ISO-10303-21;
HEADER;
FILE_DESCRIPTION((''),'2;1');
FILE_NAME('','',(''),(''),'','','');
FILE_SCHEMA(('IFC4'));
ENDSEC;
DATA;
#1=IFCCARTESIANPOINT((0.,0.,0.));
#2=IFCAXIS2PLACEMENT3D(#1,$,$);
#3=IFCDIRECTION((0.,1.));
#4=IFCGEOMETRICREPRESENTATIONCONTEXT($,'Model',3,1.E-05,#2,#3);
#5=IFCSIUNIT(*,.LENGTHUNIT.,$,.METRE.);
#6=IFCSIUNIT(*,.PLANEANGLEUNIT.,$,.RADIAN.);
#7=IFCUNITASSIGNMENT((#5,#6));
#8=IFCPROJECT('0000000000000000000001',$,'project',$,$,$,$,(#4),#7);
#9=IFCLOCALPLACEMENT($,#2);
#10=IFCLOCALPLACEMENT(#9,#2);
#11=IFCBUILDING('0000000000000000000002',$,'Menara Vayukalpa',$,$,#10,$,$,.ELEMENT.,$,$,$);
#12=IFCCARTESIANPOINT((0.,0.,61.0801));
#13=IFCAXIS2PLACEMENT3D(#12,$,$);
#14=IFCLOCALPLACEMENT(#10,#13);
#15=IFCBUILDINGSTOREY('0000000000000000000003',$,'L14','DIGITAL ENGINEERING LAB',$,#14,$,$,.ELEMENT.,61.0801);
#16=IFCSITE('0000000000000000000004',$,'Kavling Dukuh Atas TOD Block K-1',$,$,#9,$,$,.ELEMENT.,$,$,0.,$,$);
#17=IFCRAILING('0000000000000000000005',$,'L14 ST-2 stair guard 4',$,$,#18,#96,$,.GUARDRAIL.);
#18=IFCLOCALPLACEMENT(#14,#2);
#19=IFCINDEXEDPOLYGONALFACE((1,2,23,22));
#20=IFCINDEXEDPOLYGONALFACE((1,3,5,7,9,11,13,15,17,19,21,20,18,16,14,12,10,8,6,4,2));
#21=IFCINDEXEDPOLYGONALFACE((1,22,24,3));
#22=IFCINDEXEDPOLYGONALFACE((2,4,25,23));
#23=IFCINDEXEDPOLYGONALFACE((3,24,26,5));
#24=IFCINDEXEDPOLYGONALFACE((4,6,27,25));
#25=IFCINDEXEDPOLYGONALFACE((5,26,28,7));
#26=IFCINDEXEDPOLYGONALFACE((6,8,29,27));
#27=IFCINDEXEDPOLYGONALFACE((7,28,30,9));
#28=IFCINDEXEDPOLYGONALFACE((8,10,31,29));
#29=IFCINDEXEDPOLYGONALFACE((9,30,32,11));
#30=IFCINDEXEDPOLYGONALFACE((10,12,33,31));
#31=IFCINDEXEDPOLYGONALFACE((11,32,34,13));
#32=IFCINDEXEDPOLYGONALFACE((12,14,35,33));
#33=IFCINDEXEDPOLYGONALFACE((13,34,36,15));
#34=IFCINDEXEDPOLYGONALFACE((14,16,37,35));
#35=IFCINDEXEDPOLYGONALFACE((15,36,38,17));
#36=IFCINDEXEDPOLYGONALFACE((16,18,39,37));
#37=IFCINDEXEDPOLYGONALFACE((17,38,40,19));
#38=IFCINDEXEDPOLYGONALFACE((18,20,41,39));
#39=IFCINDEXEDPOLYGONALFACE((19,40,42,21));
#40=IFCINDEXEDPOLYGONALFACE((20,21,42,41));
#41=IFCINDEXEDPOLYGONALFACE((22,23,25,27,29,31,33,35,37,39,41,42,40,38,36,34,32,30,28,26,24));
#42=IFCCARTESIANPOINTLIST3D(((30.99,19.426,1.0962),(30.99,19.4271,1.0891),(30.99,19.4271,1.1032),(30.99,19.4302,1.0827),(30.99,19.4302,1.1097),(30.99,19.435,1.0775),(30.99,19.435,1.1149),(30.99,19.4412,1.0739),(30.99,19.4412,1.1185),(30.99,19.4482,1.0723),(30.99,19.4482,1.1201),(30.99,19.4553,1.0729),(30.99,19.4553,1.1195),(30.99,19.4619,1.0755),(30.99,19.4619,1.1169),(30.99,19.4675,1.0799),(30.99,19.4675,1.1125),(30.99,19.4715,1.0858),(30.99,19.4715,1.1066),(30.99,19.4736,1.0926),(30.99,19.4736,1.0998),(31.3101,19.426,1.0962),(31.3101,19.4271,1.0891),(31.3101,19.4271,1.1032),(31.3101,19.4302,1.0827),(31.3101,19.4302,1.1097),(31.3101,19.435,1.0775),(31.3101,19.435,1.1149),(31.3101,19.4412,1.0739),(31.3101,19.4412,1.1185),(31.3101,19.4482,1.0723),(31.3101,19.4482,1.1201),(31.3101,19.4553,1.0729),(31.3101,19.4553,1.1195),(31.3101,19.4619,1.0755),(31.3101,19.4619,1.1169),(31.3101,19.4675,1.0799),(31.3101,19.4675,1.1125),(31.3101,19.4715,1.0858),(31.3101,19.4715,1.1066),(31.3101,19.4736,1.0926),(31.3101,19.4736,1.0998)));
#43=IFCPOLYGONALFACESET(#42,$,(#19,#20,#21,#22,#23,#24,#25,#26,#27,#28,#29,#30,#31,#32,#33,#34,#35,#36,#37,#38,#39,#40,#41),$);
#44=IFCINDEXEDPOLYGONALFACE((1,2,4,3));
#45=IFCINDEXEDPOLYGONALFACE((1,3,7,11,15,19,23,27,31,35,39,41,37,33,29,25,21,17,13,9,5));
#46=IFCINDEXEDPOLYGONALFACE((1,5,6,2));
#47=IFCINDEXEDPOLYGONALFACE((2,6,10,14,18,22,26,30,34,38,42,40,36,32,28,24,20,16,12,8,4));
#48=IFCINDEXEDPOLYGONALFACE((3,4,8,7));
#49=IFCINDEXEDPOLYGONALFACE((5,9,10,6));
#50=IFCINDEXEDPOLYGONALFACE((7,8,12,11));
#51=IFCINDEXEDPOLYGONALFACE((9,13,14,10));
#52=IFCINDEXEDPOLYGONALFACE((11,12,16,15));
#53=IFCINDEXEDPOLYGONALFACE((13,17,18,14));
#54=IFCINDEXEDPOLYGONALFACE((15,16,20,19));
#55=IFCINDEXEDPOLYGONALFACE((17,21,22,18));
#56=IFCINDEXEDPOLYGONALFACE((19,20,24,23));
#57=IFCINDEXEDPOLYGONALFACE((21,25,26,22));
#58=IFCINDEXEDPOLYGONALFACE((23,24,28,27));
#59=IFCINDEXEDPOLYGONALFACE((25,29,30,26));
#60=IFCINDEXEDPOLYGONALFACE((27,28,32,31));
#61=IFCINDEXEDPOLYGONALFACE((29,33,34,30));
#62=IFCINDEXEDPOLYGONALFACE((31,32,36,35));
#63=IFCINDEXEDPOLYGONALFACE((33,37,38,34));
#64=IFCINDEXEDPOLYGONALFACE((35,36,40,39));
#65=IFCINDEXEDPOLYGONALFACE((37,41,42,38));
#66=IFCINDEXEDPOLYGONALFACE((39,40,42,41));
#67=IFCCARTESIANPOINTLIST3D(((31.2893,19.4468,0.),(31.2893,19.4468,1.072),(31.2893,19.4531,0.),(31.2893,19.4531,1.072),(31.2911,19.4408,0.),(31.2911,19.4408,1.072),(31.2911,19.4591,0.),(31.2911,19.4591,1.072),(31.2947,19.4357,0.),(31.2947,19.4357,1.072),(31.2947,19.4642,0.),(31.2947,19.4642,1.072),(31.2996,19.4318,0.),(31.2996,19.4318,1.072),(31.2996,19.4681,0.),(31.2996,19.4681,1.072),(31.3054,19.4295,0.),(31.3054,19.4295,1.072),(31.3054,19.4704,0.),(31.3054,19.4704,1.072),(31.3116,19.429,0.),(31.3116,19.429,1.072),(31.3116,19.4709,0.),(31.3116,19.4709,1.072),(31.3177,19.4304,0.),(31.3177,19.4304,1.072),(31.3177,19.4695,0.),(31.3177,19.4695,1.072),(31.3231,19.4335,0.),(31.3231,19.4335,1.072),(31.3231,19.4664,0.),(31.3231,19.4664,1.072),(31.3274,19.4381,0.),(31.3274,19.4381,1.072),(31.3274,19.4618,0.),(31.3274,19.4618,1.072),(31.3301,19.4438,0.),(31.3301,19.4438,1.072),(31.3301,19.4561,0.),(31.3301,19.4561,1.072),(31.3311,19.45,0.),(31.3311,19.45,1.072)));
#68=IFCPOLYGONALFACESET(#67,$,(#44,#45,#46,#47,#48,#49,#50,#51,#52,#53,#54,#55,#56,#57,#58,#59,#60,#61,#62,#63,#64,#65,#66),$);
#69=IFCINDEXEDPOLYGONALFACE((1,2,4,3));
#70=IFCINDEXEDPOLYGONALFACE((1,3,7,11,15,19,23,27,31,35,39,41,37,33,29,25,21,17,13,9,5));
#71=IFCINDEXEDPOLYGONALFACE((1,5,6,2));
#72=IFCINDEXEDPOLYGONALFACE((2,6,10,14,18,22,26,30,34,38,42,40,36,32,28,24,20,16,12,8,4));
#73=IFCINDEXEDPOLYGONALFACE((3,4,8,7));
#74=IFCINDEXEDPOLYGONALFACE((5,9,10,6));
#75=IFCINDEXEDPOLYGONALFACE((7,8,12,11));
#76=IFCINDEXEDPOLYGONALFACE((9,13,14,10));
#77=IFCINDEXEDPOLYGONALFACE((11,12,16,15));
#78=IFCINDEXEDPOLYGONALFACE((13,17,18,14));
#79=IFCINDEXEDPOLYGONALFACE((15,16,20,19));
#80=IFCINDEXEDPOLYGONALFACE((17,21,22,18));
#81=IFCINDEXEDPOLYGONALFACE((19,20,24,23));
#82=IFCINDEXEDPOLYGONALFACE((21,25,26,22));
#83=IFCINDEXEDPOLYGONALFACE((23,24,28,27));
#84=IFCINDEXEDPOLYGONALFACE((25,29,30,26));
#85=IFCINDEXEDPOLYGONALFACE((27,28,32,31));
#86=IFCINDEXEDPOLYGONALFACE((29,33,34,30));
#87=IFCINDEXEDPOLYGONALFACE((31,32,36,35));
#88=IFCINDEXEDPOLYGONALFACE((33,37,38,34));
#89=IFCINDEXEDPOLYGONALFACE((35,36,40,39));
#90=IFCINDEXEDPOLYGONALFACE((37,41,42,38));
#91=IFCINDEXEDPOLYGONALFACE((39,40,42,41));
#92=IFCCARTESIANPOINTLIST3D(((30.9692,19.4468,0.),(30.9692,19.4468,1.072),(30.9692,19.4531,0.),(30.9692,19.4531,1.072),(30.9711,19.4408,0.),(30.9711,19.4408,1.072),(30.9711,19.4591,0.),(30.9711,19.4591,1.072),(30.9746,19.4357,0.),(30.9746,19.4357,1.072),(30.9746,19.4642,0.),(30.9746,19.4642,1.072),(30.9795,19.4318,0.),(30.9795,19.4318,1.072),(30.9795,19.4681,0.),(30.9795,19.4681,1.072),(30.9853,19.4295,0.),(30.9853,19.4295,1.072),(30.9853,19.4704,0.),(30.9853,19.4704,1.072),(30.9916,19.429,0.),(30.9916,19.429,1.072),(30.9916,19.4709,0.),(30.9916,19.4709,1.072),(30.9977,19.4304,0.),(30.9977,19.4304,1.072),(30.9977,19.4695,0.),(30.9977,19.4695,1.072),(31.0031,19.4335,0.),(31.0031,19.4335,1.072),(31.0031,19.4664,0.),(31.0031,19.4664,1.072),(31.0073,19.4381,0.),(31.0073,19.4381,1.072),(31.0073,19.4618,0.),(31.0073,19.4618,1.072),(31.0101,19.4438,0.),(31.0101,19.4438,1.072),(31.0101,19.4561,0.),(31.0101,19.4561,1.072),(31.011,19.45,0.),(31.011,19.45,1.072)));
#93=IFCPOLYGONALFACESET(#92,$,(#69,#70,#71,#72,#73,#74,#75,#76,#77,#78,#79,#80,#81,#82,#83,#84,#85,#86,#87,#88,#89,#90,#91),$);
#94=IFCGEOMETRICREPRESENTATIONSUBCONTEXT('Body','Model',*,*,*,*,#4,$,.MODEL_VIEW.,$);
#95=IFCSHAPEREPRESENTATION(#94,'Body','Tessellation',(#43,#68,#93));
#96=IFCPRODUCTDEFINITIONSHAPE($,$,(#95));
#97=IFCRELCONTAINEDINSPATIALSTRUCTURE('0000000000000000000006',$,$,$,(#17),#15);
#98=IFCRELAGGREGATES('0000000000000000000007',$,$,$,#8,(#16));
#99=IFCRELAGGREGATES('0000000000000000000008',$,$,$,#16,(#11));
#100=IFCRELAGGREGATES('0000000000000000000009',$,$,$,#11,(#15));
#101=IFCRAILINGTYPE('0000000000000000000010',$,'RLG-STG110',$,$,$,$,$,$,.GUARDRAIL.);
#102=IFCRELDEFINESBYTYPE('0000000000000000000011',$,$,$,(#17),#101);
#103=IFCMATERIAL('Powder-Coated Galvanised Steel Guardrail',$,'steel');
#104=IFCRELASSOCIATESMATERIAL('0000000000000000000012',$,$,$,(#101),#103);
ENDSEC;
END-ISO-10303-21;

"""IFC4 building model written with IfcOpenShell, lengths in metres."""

from ifc_helpers import new_model, si_unit, direction, frame, origin, origin_2d, place, context, subcontext, project, spatial, circle, extrude, material, type_object, element, save


model = new_model("IFC4")

# Units and contexts
model_context = context("Model", 3, precision=1e-05, world=origin(), true_north=direction((0.0, 1.0)))
body_context = subcontext(model_context, "Body", "Model", "MODEL_VIEW")
ifc_project = project(units=[si_unit("LENGTHUNIT", "METRE"), si_unit("PLANEANGLEUNIT", "RADIAN")], contexts=[model_context])

# Site, building, storey
site_placement = place(None, origin())
site = spatial("IfcSite", under=ifc_project, at=site_placement, Name="Kavling Dukuh Atas TOD Block K-1", CompositionType="ELEMENT", RefElevation=0.0)
building_placement = place(site_placement, origin())
building = spatial("IfcBuilding", under=site, at=building_placement, Name="Menara Vayukalpa", CompositionType="ELEMENT")
storey_placement = place(building_placement, frame((0.0, 0.0, 61.0801)))
storey = spatial("IfcBuildingStorey", under=building, at=storey_placement, Name="L14", Description="DIGITAL ENGINEERING LAB", CompositionType="ELEMENT", Elevation=61.0801)

# Railing
ifc_material_1 = material(Name="Powder-Coated Galvanised Steel Guardrail", Category="steel")
railing_type_1 = type_object("IfcRailingType", Name="RLG-STG110", PredefinedType="GUARDRAIL", material=ifc_material_1)
railing_1_placement = place(storey_placement, frame((31.3101, 19.45, 0.0)))
element("IfcRailing", 1, at=railing_1_placement, inside=storey, type_object=railing_type_1, Name="L14 ST-2 stair guard 4", PredefinedType="GUARDRAIL", context=body_context, shape_type="SweptSolid", body=[
    extrude(circle(Radius=0.0239, at=origin_2d()), frame((0.0, 0.0, 1.0962), z_axis=(-1.0, 0.0, 0.0), x_axis=(0.0, -1.0, 0.0)), (0.0, 0.0, 1.0), 0.3201),
    extrude(circle(Radius=0.021, at=origin_2d()), origin(), (0.0, 0.0, 1.0), 1.072),
    extrude(circle(Radius=0.021, at=origin_2d()), frame((-0.3201, 0.0, 0.0)), (0.0, 0.0, 1.0), 1.072),
])

save(model, "model.ifc")
